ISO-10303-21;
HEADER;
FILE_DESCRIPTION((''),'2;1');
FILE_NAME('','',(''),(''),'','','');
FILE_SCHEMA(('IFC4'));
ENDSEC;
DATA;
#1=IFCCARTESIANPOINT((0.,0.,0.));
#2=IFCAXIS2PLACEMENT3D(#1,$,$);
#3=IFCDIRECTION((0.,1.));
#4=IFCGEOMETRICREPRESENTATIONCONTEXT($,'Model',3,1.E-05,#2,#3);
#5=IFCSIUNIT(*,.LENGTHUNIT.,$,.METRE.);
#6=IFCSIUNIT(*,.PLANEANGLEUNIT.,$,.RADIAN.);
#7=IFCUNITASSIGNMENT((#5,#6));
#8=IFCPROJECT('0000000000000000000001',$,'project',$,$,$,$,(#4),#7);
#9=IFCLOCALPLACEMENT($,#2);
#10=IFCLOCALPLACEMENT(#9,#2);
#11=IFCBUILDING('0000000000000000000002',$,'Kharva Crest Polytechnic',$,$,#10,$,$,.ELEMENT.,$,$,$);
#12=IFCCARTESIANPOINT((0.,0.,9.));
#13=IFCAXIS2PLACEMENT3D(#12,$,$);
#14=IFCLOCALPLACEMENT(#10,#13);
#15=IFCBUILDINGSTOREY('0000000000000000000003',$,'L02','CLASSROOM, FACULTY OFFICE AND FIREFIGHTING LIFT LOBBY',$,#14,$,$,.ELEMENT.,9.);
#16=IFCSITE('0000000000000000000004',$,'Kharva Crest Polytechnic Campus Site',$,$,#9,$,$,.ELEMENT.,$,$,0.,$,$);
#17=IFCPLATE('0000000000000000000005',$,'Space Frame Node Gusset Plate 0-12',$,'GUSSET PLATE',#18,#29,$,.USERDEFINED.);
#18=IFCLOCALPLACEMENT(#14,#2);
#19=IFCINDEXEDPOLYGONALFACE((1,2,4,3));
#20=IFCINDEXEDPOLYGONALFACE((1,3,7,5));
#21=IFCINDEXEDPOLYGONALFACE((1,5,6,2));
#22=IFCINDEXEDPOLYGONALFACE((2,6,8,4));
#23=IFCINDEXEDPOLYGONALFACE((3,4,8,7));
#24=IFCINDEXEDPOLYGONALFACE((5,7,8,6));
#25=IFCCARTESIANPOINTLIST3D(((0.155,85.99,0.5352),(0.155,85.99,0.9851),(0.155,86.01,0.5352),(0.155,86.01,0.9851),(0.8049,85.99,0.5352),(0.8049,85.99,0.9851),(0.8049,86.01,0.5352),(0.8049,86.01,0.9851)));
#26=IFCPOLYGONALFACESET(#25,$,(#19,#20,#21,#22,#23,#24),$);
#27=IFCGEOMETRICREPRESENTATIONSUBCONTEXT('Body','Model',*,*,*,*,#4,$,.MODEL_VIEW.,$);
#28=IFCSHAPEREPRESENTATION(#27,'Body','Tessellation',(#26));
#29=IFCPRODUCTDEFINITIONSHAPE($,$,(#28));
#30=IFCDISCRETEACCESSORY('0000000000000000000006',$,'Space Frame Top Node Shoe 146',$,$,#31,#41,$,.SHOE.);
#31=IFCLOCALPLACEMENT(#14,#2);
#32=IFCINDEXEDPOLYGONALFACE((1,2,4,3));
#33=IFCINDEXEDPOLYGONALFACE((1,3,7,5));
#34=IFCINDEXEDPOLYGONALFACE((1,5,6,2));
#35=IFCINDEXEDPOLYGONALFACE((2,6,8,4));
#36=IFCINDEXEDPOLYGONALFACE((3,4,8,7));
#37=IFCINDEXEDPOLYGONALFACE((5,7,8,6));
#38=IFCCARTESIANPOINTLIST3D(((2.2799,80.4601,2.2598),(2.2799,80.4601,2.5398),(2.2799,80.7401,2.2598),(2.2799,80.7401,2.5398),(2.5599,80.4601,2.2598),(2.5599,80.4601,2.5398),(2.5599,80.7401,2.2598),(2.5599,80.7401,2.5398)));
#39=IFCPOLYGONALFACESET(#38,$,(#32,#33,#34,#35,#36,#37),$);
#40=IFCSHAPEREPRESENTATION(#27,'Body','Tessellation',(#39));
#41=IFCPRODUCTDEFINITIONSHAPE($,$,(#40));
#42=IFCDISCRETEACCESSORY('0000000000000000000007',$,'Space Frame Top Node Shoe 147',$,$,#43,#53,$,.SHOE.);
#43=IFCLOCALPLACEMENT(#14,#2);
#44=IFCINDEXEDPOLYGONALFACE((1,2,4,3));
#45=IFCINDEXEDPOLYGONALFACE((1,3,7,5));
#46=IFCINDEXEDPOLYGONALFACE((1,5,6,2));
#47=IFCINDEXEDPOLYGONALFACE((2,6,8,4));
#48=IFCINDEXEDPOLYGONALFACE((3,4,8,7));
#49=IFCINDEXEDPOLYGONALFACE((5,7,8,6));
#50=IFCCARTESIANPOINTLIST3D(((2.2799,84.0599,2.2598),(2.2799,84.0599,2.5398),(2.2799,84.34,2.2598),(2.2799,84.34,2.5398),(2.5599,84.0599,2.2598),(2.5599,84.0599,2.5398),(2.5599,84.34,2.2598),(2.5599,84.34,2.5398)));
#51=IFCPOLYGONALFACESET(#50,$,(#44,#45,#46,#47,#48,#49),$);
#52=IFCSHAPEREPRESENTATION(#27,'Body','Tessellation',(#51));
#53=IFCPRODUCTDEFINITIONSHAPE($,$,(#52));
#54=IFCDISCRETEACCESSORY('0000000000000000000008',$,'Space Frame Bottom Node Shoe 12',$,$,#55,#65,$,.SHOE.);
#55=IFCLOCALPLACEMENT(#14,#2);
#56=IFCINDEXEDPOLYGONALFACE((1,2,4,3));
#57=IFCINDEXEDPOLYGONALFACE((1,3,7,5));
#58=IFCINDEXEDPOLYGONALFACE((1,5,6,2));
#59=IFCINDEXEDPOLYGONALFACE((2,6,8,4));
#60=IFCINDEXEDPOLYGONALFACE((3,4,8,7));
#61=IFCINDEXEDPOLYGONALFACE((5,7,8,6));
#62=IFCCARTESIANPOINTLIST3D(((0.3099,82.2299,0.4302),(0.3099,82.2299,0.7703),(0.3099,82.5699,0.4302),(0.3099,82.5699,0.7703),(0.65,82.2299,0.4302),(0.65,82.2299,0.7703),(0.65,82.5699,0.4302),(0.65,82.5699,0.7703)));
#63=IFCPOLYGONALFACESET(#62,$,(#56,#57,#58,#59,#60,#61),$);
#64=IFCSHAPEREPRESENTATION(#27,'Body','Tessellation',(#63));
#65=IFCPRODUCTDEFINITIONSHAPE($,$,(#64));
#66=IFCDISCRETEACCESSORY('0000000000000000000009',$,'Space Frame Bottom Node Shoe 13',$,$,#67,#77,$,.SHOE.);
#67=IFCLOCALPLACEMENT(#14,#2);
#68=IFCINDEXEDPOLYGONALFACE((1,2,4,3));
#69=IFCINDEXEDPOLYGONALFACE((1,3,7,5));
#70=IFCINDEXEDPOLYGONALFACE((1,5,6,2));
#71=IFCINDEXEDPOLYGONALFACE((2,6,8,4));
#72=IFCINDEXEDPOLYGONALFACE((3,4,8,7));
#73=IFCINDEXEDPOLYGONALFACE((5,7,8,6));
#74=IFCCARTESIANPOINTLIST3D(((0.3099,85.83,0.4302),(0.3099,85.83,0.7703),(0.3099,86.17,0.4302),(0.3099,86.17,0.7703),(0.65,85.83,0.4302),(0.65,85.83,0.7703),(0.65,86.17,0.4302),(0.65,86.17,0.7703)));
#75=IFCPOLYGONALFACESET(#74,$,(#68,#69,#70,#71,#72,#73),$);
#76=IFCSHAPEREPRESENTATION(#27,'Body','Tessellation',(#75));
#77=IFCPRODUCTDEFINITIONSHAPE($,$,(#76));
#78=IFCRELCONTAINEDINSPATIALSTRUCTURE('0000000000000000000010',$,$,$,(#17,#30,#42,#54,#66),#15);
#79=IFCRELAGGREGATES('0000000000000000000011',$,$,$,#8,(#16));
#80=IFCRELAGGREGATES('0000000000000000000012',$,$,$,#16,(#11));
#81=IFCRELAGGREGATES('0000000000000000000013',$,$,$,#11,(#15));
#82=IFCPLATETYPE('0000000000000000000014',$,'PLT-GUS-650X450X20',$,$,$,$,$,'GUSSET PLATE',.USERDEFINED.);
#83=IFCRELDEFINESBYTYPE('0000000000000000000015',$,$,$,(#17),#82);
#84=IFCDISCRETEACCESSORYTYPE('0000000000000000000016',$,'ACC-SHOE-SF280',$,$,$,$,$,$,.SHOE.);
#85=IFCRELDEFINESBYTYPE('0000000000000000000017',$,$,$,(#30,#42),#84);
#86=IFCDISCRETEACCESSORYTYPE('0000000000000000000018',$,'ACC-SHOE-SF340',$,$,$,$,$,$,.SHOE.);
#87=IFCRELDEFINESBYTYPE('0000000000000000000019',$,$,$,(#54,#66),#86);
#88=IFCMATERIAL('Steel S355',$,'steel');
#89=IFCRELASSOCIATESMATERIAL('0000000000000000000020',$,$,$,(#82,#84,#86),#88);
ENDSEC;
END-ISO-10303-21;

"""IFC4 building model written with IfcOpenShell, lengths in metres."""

from ifc_helpers import new_model, si_unit, direction, frame, origin, origin_2d, place, context, subcontext, project, spatial, rectangle, extrude, material, type_object, element, save


model = new_model("IFC4")

# Units and contexts
model_context = context("Model", 3, precision=1e-05, world=origin(), true_north=direction((0.0, 1.0)))
body_context = subcontext(model_context, "Body", "Model", "MODEL_VIEW")
ifc_project = project(units=[si_unit("LENGTHUNIT", "METRE"), si_unit("PLANEANGLEUNIT", "RADIAN")], contexts=[model_context])

# Site, building, storey
site_placement = place(None, origin())
site = spatial("IfcSite", under=ifc_project, at=site_placement, Name="Kharva Crest Polytechnic Campus Site", CompositionType="ELEMENT", RefElevation=0.0)
building_placement = place(site_placement, origin())
building = spatial("IfcBuilding", under=site, at=building_placement, Name="Kharva Crest Polytechnic", CompositionType="ELEMENT")
storey_placement = place(building_placement, frame((0.0, 0.0, 9.0)))
storey = spatial("IfcBuildingStorey", under=building, at=storey_placement, Name="L02", Description="CLASSROOM, FACULTY OFFICE AND FIREFIGHTING LIFT LOBBY", CompositionType="ELEMENT", Elevation=9.0)

# Shared definitions
ifc_material_1 = material(Name="Steel S355", Category="steel")

# Plate
plate_type_1 = type_object("IfcPlateType", Name="PLT-GUS-650X450X20", ElementType="GUSSET PLATE", PredefinedType="USERDEFINED", material=ifc_material_1)
plate_1_placement = place(storey_placement, frame((0.48, 86.0, 0.5352), z_axis=(0.0, 0.0, 1.0), x_axis=(1.0, 0.0, 0.0)))
element("IfcPlate", 1, at=plate_1_placement, inside=storey, type_object=plate_type_1, Name="Space Frame Node Gusset Plate 0-12", ObjectType="GUSSET PLATE", PredefinedType="USERDEFINED", context=body_context, shape_type="SweptSolid", body=[
    extrude(rectangle(XDim=0.6499, YDim=0.02, at=origin_2d()), origin(), (0.0, 0.0, 1.0), 0.45),
])

# Discrete accessories
discrete_accessory_type_1 = type_object("IfcDiscreteAccessoryType", Name="ACC-SHOE-SF280", PredefinedType="SHOE", material=ifc_material_1)
for number, where, z_axis, x_axis, name in (
    (2, (2.4199, 80.6001, 2.2598), (0.0, 0.0, 1.0), (1.0, 0.0, 0.0), "Space Frame Top Node Shoe 146"),
    (3, (2.4199, 84.2, 2.2598), (0.0, 0.0, 1.0), (1.0, 0.0, 0.0), "Space Frame Top Node Shoe 147"),
):
    element("IfcDiscreteAccessory", number, at=place(storey_placement, frame(where, z_axis=z_axis, x_axis=x_axis)), inside=storey, type_object=discrete_accessory_type_1, Name=name, PredefinedType="SHOE", context=body_context, shape_type="SweptSolid", body=[
        extrude(rectangle(XDim=0.28, YDim=0.28, at=origin_2d()), origin(), (0.0, 0.0, 1.0), 0.28),
    ])
discrete_accessory_type_2 = type_object("IfcDiscreteAccessoryType", Name="ACC-SHOE-SF340", PredefinedType="SHOE", material=ifc_material_1)
for number, where, z_axis, x_axis, name in (
    (4, (0.48, 82.3999, 0.4302), (0.0, 0.0, 1.0), (1.0, 0.0, 0.0), "Space Frame Bottom Node Shoe 12"),
    (5, (0.48, 86.0, 0.4302), (0.0, 0.0, 1.0), (1.0, 0.0, 0.0), "Space Frame Bottom Node Shoe 13"),
):
    element("IfcDiscreteAccessory", number, at=place(storey_placement, frame(where, z_axis=z_axis, x_axis=x_axis)), inside=storey, type_object=discrete_accessory_type_2, Name=name, PredefinedType="SHOE", context=body_context, shape_type="SweptSolid", body=[
        extrude(rectangle(XDim=0.3401, YDim=0.3401, at=origin_2d()), origin(), (0.0, 0.0, 1.0), 0.3401),
    ])

save(model, "model.ifc")
